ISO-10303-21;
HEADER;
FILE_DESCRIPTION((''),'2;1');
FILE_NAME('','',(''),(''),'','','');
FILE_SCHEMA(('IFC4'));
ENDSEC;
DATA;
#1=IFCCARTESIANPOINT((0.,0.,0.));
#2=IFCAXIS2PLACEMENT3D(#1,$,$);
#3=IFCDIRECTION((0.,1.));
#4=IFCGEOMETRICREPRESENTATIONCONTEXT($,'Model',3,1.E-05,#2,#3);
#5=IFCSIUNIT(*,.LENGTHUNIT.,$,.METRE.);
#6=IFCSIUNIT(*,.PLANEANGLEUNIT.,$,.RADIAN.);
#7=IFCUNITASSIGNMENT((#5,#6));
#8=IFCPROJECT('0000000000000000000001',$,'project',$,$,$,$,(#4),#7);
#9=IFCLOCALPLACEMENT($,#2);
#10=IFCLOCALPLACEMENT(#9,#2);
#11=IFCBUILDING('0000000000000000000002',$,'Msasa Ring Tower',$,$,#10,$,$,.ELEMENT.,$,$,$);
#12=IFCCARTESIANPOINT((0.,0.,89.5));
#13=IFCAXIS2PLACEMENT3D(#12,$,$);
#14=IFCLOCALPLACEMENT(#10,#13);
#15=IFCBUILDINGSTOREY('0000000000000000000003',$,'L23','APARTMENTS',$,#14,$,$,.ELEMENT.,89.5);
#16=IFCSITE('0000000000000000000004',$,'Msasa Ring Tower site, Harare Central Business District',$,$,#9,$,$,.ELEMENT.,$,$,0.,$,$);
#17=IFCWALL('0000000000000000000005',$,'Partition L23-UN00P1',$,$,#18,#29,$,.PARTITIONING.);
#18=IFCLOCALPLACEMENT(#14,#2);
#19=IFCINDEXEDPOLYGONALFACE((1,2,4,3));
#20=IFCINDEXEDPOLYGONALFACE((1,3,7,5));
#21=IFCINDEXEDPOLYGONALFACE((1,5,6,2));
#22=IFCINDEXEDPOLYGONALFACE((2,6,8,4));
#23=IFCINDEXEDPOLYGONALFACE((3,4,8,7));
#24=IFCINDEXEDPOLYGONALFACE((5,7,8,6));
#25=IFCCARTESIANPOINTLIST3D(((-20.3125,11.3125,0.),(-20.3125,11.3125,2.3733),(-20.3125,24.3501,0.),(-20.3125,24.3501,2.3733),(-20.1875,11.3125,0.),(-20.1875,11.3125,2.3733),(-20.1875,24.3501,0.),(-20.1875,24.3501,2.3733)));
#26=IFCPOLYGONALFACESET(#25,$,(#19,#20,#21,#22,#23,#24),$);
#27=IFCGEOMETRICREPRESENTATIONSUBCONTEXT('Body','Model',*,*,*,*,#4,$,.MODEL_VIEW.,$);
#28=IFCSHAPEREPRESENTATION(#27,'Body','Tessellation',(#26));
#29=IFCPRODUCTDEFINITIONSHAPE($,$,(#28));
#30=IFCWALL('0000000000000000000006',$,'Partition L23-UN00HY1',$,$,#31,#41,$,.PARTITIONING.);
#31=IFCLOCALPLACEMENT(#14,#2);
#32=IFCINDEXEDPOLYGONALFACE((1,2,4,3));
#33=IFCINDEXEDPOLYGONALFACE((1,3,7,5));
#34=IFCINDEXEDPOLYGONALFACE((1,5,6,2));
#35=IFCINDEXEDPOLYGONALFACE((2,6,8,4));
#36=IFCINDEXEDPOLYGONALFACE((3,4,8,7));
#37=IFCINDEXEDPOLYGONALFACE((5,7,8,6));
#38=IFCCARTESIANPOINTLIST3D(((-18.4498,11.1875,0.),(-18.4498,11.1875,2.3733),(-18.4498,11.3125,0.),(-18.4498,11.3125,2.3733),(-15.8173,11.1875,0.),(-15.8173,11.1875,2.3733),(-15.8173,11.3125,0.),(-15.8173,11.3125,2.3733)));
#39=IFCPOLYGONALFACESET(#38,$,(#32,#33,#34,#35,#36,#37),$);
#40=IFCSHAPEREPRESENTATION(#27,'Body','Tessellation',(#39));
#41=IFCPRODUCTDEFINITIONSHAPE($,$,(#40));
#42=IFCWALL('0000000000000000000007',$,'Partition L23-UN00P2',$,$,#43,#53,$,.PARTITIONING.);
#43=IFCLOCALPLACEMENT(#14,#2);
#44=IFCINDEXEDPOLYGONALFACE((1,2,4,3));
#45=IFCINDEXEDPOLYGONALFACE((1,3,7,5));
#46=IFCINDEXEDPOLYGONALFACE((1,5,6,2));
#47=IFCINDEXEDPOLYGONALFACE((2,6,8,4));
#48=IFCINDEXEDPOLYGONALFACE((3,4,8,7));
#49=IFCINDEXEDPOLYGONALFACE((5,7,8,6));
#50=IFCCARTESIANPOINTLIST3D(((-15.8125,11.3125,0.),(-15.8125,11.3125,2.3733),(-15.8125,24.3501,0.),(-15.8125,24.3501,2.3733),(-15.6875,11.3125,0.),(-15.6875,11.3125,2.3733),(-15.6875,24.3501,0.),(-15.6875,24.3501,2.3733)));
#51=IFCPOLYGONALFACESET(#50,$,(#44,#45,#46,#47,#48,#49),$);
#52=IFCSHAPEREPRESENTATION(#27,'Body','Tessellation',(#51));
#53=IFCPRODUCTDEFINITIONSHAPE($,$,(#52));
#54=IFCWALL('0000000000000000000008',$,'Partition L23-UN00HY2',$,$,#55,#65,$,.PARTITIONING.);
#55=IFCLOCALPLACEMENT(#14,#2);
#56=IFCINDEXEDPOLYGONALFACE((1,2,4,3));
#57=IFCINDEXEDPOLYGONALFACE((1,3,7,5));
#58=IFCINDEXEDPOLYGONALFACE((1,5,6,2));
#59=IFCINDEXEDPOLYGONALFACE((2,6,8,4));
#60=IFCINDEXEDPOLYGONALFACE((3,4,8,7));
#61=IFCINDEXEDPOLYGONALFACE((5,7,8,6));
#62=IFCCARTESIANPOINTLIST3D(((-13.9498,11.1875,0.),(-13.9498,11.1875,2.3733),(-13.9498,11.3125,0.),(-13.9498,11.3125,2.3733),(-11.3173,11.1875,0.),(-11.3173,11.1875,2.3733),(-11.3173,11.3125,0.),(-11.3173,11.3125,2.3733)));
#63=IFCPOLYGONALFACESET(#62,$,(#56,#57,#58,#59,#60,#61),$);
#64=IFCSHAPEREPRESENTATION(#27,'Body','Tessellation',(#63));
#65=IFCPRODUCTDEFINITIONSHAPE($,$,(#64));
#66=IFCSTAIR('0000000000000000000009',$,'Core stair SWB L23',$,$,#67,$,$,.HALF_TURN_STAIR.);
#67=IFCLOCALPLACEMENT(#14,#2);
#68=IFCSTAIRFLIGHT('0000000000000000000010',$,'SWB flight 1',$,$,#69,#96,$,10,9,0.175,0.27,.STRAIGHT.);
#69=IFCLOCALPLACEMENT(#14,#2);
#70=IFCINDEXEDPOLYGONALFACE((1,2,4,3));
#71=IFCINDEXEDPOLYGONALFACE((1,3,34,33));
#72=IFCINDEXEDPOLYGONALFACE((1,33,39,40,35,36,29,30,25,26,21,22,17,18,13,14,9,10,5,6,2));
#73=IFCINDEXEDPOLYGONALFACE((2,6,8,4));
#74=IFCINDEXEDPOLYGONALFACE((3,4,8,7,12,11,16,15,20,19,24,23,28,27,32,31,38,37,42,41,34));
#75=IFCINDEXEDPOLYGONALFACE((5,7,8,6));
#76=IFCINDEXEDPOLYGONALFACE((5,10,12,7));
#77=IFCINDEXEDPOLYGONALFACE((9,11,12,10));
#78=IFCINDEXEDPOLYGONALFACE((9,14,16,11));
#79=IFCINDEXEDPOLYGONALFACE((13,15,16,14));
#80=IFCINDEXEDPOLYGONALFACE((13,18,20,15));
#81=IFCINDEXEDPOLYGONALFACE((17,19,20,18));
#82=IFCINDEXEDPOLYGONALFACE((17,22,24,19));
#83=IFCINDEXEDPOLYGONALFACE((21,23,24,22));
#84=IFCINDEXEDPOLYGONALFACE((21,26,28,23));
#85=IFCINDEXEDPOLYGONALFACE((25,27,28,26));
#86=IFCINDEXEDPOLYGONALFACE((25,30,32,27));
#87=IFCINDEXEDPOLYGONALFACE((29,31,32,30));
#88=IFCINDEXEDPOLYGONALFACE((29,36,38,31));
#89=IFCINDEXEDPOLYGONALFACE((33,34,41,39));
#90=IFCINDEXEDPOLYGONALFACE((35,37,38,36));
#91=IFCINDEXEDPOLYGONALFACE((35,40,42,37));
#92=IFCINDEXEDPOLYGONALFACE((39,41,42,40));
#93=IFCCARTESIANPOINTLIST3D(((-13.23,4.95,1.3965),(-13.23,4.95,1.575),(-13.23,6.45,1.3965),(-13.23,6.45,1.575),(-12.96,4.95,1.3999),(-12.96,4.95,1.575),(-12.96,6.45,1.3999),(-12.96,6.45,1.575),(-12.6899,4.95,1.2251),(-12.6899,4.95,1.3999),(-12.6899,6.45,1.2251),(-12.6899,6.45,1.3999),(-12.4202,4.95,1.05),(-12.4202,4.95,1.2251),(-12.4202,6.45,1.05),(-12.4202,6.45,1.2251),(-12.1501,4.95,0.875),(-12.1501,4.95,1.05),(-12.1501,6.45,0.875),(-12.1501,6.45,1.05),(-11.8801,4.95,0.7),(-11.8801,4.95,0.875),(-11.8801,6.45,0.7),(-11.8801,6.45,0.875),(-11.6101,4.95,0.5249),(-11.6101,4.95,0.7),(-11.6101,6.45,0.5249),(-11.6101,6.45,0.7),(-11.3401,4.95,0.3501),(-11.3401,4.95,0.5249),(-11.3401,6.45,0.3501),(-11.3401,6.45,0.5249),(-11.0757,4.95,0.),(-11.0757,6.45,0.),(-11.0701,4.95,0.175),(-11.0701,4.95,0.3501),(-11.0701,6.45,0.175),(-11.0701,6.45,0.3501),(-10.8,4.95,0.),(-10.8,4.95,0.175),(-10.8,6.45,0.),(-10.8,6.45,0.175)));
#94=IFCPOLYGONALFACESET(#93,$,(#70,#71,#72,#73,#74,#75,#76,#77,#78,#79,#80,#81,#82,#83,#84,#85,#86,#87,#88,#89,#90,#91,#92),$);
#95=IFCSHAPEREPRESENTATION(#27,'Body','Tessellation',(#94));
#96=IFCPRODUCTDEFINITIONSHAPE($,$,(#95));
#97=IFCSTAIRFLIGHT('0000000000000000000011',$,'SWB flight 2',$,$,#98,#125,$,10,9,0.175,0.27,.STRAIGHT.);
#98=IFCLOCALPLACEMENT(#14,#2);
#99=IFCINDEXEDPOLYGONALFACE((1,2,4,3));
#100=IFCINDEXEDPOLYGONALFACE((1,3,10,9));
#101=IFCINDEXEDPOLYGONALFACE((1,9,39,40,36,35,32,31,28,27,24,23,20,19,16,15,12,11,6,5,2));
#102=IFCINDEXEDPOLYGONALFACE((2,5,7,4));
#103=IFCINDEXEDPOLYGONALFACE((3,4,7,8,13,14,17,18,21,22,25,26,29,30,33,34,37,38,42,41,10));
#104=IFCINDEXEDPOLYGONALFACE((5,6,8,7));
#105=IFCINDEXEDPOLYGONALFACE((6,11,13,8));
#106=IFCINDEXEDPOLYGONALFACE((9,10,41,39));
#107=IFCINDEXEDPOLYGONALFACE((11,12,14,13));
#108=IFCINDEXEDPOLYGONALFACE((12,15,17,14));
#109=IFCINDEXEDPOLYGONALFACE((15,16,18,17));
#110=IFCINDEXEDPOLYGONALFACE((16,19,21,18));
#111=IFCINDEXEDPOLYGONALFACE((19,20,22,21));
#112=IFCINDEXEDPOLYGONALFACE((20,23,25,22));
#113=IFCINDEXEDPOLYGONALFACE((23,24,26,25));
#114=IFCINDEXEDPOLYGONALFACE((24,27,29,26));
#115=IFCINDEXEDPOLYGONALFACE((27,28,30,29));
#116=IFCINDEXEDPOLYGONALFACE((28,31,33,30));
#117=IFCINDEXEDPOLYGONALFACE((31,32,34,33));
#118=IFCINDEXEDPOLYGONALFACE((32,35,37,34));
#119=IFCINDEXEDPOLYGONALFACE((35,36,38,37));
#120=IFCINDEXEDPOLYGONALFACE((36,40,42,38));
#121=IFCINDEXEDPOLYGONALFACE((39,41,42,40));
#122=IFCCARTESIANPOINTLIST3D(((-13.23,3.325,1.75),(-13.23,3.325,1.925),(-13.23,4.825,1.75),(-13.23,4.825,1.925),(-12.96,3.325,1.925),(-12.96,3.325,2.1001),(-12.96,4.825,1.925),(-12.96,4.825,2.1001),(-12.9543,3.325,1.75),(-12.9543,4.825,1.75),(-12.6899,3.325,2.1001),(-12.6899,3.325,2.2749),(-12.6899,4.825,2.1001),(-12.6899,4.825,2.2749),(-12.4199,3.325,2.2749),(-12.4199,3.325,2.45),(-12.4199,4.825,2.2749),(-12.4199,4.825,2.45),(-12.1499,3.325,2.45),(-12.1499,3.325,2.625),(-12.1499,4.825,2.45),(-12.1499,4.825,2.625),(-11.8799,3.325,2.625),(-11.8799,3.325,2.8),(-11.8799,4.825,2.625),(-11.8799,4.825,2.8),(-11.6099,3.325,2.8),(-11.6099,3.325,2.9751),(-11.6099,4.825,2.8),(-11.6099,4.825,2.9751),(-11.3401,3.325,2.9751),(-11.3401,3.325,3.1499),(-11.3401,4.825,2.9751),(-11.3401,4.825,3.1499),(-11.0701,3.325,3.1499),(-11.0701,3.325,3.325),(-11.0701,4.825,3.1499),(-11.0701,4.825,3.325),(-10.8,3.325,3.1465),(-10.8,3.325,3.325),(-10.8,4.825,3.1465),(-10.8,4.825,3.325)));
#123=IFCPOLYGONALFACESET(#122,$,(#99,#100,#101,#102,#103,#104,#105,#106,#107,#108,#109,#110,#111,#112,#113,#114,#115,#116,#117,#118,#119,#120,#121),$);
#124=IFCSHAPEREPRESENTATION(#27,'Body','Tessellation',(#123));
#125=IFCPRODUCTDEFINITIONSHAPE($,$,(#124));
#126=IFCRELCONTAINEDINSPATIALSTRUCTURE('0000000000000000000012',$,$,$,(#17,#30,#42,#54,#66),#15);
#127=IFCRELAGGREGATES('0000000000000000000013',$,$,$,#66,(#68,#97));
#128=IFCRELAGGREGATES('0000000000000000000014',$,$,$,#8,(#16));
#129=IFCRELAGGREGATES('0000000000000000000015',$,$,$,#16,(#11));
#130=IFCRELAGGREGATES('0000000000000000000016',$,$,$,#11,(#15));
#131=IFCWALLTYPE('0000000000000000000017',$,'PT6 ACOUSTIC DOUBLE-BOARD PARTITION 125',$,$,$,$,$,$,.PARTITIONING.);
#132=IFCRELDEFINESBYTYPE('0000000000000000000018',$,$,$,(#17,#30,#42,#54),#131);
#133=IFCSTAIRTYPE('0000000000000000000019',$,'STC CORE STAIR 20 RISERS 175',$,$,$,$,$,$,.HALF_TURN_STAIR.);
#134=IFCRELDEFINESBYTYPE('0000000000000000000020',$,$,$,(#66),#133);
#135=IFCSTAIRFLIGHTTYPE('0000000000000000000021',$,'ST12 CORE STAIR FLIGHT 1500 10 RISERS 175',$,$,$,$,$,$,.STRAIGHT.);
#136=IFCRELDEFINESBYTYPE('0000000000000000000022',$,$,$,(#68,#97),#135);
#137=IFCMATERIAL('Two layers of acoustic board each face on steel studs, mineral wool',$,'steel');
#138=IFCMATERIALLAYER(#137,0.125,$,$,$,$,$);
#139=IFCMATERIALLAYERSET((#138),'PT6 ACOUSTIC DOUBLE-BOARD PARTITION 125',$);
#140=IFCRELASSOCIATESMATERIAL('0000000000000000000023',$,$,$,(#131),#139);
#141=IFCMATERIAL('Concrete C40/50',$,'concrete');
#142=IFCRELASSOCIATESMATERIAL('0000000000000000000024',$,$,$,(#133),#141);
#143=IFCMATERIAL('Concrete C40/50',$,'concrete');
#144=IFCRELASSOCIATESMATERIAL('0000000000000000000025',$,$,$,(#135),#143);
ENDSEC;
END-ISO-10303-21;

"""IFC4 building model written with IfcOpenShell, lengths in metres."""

from ifc_helpers import new_model, si_unit, direction, frame, frame_2d, origin, place, context, subcontext, project, spatial, polyline, rectangle, outline, extrude, material, layer, layer_set, type_object, element, aggregate, save


model = new_model("IFC4")

# Units and contexts
model_context = context("Model", 3, precision=1e-05, world=origin(), true_north=direction((0.0, 1.0)))
body_context = subcontext(model_context, "Body", "Model", "MODEL_VIEW")
ifc_project = project(units=[si_unit("LENGTHUNIT", "METRE"), si_unit("PLANEANGLEUNIT", "RADIAN")], contexts=[model_context])

# Site, building, storey
site_placement = place(None, origin())
site = spatial("IfcSite", under=ifc_project, at=site_placement, Name="Msasa Ring Tower site, Harare Central Business District", CompositionType="ELEMENT", RefElevation=0.0)
building_placement = place(site_placement, origin())
building = spatial("IfcBuilding", under=site, at=building_placement, Name="Msasa Ring Tower", CompositionType="ELEMENT")
storey_placement = place(building_placement, frame((0.0, 0.0, 89.5)))
storey = spatial("IfcBuildingStorey", under=building, at=storey_placement, Name="L23", Description="APARTMENTS", CompositionType="ELEMENT", Elevation=89.5)

# Walls
ifc_material_1 = material(Name="Two layers of acoustic board each face on steel studs, mineral wool", Category="steel")
ifc_layer_1 = layer(ifc_material_1, 0.125)
ifc_layer_set_1 = layer_set([ifc_layer_1], Name="PT6 ACOUSTIC DOUBLE-BOARD PARTITION 125")
wall_type_1 = type_object("IfcWallType", Name="PT6 ACOUSTIC DOUBLE-BOARD PARTITION 125", PredefinedType="PARTITIONING", material=ifc_layer_set_1)
wall_1_placement = place(storey_placement, frame((-20.25, 11.3125, 0.0), z_axis=(0.0, 0.0, 1.0), x_axis=(0.0, 1.0, 0.0)))
element("IfcWall", 1, at=wall_1_placement, inside=storey, type_object=wall_type_1, Name="Partition L23-UN00P1", PredefinedType="PARTITIONING", context=body_context, shape_type="SweptSolid", body=[
    extrude(rectangle(XDim=13.0376, YDim=0.125, at=frame_2d((6.5188, 0.0))), origin(), (0.0, 0.0, 1.0), 2.3733),
])
wall_2_placement = place(storey_placement, frame((-18.45, 11.25, 0.0), z_axis=(0.0, 0.0, 1.0), x_axis=(1.0, 0.0, 0.0)))
element("IfcWall", 2, at=wall_2_placement, inside=storey, type_object=wall_type_1, Name="Partition L23-UN00HY1", PredefinedType="PARTITIONING", context=body_context, shape_type="SweptSolid", body=[
    extrude(rectangle(XDim=2.6326, YDim=0.125, at=frame_2d((1.3164, 0.0))), origin(), (0.0, 0.0, 1.0), 2.3733),
])
wall_3_placement = place(storey_placement, frame((-15.75, 11.3125, 0.0), z_axis=(0.0, 0.0, 1.0), x_axis=(0.0, 1.0, 0.0)))
element("IfcWall", 3, at=wall_3_placement, inside=storey, type_object=wall_type_1, Name="Partition L23-UN00P2", PredefinedType="PARTITIONING", context=body_context, shape_type="SweptSolid", body=[
    extrude(rectangle(XDim=13.0376, YDim=0.125, at=frame_2d((6.5188, 0.0))), origin(), (0.0, 0.0, 1.0), 2.3733),
])
wall_4_placement = place(storey_placement, frame((-13.95, 11.25, 0.0), z_axis=(0.0, 0.0, 1.0), x_axis=(1.0, 0.0, 0.0)))
element("IfcWall", 4, at=wall_4_placement, inside=storey, type_object=wall_type_1, Name="Partition L23-UN00HY2", PredefinedType="PARTITIONING", context=body_context, shape_type="SweptSolid", body=[
    extrude(rectangle(XDim=2.6326, YDim=0.125, at=frame_2d((1.3164, 0.0))), origin(), (0.0, 0.0, 1.0), 2.3733),
])

# Stair, stair flights
ifc_material_2 = material(Name="Concrete C40/50", Category="concrete")
stair_type = type_object("IfcStairType", Name="STC CORE STAIR 20 RISERS 175", PredefinedType="HALF_TURN_STAIR", material=ifc_material_2)
stair_placement = place(storey_placement, origin())
stair = element("IfcStair", 5, at=stair_placement, inside=storey, type_object=stair_type, Name="Core stair SWB L23", PredefinedType="HALF_TURN_STAIR")
ifc_material_3 = material(Name="Concrete C40/50", Category="concrete")
stair_flight_type = type_object("IfcStairFlightType", Name="ST12 CORE STAIR FLIGHT 1500 10 RISERS 175", PredefinedType="STRAIGHT", material=ifc_material_3)
stair_flight_1_placement = place(storey_placement, frame((-10.8, 5.7, 0.0), z_axis=(0.0, 0.0, 1.0), x_axis=(-1.0, 0.0, 0.0)))
stair_flight_1 = element("IfcStairFlight", 6, at=stair_flight_1_placement, type_object=stair_flight_type, Name="SWB flight 1", NumberOfRisers=10, NumberOfTreads=9, PredefinedType="STRAIGHT", RiserHeight=0.175, TreadLength=0.27, context=body_context, shape_type="SweptSolid", body=[
    extrude(outline(polyline([(0.0, 0.0), (0.0, 0.175), (0.27, 0.175), (0.27, 0.3501), (0.54, 0.3501), (0.54, 0.5249), (0.8101, 0.5249), (0.8101, 0.7), (1.0801, 0.7), (1.0801, 0.875), (1.3501, 0.875), (1.3501, 1.05), (1.6201, 1.05), (1.6201, 1.2251), (1.8899, 1.2251), (1.8899, 1.3999), (2.1599, 1.3999), (2.1599, 1.575), (2.4299, 1.575), (2.4299, 1.75), (2.4299, 1.3965), (0.2756, 0.0), (0.0, 0.0)])), frame((0.0, 0.75, 0.0), z_axis=(0.0, -1.0, 0.0), x_axis=(1.0, 0.0, 0.0)), (0.0, 0.0, 1.0), 1.5),
])
stair_flight_2_placement = place(storey_placement, frame((-13.23, 4.075, 1.75), z_axis=(0.0, 0.0, 1.0), x_axis=(1.0, 0.0, 0.0)))
stair_flight_2 = element("IfcStairFlight", 7, at=stair_flight_2_placement, type_object=stair_flight_type, Name="SWB flight 2", NumberOfRisers=10, NumberOfTreads=9, PredefinedType="STRAIGHT", RiserHeight=0.175, TreadLength=0.27, context=body_context, shape_type="SweptSolid", body=[
    extrude(outline(polyline([(0.0, 0.0), (0.0, 0.175), (0.27, 0.175), (0.27, 0.3501), (0.54, 0.3501), (0.54, 0.5249), (0.8101, 0.5249), (0.8101, 0.7), (1.0801, 0.7), (1.0801, 0.875), (1.3501, 0.875), (1.3501, 1.05), (1.6201, 1.05), (1.6201, 1.2251), (1.8899, 1.2251), (1.8899, 1.3999), (2.1599, 1.3999), (2.1599, 1.575), (2.4299, 1.575), (2.4299, 1.75), (2.4299, 1.3965), (0.2756, 0.0), (0.0, 0.0)])), frame((0.0, 0.75, 0.0), z_axis=(0.0, -1.0, 0.0), x_axis=(1.0, 0.0, 0.0)), (0.0, 0.0, 1.0), 1.5),
])
aggregate(stair, [stair_flight_1, stair_flight_2])

save(model, "model.ifc")
